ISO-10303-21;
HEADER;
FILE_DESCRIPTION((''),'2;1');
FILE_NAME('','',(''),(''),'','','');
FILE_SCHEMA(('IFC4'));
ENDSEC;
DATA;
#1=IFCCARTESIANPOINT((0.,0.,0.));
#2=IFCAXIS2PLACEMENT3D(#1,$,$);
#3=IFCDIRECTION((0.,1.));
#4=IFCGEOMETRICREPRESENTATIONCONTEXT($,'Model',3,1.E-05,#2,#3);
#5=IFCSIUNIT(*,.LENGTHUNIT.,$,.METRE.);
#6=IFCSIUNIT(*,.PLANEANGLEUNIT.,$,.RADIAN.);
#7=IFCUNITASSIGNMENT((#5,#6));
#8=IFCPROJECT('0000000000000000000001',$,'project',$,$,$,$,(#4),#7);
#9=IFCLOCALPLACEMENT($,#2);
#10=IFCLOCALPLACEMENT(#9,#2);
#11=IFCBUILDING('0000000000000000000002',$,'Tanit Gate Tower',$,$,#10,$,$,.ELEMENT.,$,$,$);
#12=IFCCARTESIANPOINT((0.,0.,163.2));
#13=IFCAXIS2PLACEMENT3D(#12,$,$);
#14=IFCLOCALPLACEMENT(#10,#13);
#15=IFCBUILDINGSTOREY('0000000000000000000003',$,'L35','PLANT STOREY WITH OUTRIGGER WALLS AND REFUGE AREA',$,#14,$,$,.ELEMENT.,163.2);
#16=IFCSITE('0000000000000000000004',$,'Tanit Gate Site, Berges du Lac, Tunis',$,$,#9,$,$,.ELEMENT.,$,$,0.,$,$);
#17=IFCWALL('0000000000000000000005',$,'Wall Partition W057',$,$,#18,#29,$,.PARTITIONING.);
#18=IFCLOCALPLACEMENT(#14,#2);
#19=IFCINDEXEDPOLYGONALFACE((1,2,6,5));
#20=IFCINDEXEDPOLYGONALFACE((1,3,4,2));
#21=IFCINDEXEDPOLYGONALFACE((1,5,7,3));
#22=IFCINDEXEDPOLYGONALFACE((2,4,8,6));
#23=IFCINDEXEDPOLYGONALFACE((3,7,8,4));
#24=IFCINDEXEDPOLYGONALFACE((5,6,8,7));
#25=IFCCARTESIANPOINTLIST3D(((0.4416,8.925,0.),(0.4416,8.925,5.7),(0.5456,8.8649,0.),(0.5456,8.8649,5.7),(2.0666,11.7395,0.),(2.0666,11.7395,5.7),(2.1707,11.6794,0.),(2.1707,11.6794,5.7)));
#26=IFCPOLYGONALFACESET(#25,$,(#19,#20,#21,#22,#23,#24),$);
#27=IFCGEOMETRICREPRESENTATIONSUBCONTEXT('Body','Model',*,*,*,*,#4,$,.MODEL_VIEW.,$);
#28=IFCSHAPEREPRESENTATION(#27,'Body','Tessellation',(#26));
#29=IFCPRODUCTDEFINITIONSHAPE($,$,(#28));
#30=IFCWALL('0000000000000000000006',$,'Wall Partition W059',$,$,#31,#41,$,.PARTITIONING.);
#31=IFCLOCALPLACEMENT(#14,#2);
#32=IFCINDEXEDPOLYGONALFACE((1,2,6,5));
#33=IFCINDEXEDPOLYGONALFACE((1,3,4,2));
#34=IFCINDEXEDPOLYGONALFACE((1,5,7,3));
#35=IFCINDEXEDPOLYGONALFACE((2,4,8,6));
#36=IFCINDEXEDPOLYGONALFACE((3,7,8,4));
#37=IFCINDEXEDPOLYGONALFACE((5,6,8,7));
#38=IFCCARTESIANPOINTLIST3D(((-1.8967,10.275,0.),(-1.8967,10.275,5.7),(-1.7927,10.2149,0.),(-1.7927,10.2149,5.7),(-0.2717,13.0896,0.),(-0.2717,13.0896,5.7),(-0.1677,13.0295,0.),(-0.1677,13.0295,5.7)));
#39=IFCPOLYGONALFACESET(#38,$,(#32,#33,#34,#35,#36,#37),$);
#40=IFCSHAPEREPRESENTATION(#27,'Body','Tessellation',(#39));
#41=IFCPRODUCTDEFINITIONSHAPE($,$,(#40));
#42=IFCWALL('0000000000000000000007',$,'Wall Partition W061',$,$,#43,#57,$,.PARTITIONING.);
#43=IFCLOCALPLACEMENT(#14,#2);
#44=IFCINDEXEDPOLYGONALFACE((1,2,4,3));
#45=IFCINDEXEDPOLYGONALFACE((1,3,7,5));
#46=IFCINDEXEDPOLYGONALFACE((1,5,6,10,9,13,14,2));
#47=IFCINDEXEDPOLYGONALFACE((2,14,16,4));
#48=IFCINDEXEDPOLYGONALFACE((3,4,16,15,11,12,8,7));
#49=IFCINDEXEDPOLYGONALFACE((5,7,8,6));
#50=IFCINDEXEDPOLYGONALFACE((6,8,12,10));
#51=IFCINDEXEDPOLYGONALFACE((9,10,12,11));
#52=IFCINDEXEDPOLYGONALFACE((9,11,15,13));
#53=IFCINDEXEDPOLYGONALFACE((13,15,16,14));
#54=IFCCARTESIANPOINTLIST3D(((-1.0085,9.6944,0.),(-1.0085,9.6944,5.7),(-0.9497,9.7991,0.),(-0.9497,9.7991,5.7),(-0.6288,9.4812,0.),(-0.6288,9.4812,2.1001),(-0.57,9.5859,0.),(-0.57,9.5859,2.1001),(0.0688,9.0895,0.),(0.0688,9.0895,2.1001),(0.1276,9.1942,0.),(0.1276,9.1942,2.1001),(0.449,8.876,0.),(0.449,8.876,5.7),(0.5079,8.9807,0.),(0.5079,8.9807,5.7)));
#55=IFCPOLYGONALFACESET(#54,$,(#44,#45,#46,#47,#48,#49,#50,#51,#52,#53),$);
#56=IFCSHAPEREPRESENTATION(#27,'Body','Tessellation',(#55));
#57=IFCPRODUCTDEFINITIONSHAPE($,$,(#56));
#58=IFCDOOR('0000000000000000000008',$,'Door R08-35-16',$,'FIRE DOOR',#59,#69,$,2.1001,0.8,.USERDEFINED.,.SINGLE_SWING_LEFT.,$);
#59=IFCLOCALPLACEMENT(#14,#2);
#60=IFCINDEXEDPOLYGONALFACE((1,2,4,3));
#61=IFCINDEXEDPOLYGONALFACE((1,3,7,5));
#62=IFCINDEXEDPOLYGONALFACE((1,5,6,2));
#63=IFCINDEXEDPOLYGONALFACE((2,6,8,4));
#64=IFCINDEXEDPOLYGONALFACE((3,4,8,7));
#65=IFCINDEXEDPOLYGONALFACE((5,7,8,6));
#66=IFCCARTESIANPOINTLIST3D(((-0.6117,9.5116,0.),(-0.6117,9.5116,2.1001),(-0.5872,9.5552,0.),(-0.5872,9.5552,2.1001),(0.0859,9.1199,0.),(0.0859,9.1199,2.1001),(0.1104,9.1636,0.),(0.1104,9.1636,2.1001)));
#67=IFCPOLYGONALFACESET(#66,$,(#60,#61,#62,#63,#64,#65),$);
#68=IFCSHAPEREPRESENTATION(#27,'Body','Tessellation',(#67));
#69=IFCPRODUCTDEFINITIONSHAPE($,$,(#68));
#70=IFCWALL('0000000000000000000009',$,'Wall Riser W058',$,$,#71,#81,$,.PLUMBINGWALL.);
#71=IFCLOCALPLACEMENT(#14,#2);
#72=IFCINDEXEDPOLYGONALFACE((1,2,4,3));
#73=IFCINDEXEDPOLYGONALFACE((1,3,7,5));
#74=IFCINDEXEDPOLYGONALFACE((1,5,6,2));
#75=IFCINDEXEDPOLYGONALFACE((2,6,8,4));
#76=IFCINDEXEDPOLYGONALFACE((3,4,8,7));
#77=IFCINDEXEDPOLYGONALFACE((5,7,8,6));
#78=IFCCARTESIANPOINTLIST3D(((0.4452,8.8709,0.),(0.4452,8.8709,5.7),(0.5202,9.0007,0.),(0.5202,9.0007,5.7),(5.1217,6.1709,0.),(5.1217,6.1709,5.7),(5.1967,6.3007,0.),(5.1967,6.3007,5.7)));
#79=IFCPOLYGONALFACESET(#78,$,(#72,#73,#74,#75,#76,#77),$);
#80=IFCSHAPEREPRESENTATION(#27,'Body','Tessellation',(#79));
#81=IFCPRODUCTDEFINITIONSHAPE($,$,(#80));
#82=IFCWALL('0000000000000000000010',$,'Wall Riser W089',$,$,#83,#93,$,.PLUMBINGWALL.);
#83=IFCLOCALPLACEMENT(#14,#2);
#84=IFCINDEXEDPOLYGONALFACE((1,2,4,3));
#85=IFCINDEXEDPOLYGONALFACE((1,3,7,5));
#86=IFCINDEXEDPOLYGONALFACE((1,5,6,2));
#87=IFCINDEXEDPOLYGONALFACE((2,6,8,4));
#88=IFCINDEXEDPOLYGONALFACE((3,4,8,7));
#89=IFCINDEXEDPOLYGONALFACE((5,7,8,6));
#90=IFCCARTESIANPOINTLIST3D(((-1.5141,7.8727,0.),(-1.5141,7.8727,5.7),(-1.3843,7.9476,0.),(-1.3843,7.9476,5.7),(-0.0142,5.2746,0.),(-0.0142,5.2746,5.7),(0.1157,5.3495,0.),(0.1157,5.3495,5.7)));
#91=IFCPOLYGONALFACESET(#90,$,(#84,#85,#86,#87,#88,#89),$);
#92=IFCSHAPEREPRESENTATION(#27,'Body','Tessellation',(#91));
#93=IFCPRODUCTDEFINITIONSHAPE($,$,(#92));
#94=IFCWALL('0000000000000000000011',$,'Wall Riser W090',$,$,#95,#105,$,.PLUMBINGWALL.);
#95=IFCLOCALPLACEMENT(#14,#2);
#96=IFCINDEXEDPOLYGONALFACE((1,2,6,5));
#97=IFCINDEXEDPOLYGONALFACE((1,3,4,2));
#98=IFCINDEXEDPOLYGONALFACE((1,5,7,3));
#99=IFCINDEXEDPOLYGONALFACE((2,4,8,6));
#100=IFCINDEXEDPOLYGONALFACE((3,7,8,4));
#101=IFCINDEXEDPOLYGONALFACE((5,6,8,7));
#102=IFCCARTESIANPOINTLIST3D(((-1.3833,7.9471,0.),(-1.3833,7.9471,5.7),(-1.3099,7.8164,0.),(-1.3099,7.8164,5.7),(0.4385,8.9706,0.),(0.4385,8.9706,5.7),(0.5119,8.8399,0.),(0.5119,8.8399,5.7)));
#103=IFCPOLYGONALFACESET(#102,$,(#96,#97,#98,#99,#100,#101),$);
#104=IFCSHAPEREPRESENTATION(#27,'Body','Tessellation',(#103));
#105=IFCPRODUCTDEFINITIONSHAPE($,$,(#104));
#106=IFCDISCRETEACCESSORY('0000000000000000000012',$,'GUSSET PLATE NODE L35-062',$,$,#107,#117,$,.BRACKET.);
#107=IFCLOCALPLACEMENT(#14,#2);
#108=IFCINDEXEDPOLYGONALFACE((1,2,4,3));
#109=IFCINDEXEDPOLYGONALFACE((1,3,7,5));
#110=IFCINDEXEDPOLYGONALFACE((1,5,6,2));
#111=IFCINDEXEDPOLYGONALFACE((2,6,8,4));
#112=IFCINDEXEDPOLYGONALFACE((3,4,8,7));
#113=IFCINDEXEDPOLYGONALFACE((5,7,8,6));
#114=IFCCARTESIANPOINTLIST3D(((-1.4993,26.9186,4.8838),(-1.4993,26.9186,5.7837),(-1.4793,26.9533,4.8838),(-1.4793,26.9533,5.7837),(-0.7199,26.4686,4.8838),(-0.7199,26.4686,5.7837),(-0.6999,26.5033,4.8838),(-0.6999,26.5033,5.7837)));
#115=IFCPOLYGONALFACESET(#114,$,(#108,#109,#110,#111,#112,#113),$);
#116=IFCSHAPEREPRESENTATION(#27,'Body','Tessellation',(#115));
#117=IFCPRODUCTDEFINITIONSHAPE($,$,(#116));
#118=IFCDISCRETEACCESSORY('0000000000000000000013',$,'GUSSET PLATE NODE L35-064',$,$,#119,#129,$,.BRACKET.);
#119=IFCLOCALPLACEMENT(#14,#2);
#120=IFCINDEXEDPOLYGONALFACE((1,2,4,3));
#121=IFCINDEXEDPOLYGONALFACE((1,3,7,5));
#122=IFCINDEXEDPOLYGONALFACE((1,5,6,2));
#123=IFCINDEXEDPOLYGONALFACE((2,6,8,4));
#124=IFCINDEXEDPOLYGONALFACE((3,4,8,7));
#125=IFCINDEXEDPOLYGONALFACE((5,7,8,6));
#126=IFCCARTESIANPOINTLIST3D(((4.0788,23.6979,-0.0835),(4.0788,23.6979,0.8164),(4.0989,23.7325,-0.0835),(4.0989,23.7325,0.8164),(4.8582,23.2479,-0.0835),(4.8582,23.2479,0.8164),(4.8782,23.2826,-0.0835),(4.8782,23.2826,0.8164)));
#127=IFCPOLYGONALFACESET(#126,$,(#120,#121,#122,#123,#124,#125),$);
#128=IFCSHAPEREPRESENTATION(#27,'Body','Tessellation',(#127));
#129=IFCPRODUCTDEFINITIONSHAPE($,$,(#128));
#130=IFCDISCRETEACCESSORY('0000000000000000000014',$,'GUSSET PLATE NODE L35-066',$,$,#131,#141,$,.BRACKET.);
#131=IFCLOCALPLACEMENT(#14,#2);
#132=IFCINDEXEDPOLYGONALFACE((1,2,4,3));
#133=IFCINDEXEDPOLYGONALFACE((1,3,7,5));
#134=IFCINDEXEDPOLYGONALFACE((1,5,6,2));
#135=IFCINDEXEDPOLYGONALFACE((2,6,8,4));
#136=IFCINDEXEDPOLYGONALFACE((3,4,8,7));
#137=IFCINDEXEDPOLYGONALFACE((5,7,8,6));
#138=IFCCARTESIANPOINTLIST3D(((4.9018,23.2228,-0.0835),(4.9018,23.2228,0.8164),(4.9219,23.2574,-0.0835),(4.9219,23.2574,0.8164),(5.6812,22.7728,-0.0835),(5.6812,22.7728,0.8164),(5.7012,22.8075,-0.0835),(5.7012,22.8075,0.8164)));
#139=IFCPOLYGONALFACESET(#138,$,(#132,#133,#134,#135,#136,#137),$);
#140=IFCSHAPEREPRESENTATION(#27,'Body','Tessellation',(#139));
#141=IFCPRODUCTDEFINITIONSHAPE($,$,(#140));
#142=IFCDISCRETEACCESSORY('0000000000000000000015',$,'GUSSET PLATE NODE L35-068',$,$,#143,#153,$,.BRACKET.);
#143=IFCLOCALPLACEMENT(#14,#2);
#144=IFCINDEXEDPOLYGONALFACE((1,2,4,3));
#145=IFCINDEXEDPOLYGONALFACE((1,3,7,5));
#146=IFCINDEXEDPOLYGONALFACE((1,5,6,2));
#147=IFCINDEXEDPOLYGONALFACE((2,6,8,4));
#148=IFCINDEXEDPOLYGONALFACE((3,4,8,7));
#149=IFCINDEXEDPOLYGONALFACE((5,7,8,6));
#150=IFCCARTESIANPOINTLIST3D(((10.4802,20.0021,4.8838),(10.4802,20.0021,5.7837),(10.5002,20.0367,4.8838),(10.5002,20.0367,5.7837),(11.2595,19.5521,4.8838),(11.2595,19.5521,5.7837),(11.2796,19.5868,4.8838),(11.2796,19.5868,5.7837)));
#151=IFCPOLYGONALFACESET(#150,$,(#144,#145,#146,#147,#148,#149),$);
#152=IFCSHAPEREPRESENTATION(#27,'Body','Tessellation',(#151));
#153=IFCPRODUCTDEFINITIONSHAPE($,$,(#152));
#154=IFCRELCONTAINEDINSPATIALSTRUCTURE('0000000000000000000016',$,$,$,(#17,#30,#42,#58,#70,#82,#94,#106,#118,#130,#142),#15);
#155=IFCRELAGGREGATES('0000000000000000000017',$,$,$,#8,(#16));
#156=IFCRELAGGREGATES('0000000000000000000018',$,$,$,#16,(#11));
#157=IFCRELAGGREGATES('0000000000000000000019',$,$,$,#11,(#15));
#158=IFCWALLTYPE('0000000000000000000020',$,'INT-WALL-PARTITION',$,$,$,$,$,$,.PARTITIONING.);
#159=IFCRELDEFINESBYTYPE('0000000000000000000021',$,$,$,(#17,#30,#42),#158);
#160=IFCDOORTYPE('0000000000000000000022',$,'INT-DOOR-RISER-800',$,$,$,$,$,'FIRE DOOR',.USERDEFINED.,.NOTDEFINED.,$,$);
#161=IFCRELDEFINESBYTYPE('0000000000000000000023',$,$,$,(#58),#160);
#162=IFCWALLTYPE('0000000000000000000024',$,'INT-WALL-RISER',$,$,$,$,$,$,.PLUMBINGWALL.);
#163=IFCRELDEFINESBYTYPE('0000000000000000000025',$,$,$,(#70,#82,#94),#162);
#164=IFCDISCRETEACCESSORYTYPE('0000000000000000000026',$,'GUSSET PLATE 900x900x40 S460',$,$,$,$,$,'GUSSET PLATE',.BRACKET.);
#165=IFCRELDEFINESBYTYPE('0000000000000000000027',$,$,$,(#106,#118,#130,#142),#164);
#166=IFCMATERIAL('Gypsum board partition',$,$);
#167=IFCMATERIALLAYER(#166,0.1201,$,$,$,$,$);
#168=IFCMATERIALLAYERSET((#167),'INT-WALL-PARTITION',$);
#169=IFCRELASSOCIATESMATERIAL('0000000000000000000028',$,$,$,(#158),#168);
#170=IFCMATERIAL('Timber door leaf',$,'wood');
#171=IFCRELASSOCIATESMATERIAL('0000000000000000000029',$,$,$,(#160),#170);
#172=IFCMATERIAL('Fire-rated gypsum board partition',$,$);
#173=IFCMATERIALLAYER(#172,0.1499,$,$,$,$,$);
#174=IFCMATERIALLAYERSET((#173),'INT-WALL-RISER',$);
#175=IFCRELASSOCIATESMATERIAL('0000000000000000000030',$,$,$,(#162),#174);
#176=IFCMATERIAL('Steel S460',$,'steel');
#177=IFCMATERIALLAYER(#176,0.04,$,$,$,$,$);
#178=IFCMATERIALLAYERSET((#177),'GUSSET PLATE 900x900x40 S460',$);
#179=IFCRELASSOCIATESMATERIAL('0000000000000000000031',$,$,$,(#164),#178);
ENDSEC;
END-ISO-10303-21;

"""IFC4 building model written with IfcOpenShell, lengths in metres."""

from ifc_helpers import new_model, si_unit, direction, frame, frame_2d, origin, origin_2d, place, context, subcontext, project, spatial, rectangle, extrude, material, layer, layer_set, type_object, element, fill, save


model = new_model("IFC4")

# Units and contexts
model_context = context("Model", 3, precision=1e-05, world=origin(), true_north=direction((0.0, 1.0)))
body_context = subcontext(model_context, "Body", "Model", "MODEL_VIEW")
ifc_project = project(units=[si_unit("LENGTHUNIT", "METRE"), si_unit("PLANEANGLEUNIT", "RADIAN")], contexts=[model_context])

# Site, building, storey
site_placement = place(None, origin())
site = spatial("IfcSite", under=ifc_project, at=site_placement, Name="Tanit Gate Site, Berges du Lac, Tunis", CompositionType="ELEMENT", RefElevation=0.0)
building_placement = place(site_placement, origin())
building = spatial("IfcBuilding", under=site, at=building_placement, Name="Tanit Gate Tower", CompositionType="ELEMENT")
storey_placement = place(building_placement, frame((0.0, 0.0, 163.2)))
storey = spatial("IfcBuildingStorey", under=building, at=storey_placement, Name="L35", Description="PLANT STOREY WITH OUTRIGGER WALLS AND REFUGE AREA", CompositionType="ELEMENT", Elevation=163.2)

# Shared definitions
ifc_material_1 = material(Name="Gypsum board partition")
ifc_layer_1 = layer(ifc_material_1, 0.1201)
ifc_layer_set_1 = layer_set([ifc_layer_1], Name="INT-WALL-PARTITION")
wall_type_1 = type_object("IfcWallType", Name="INT-WALL-PARTITION", PredefinedType="PARTITIONING", material=ifc_layer_set_1)
ifc_material_2 = material(Name="Timber door leaf", Category="wood")
door_type_1 = type_object("IfcDoorType", Name="INT-DOOR-RISER-800", ElementType="FIRE DOOR", OperationType="NOTDEFINED", PredefinedType="USERDEFINED", material=ifc_material_2)

# Walls
for number, where, z_axis, x_axis, name in (
    (1, (2.1187, 11.7095, 0.0), (0.0, 0.0, 1.0), (-0.500017, -0.866015, 0.0), "Wall Partition W057"),
    (2, (-0.2197, 13.0596, 0.0), (0.0, 0.0, 1.0), (-0.499985, -0.866034, 0.0), "Wall Partition W059"),
):
    element("IfcWall", number, at=place(storey_placement, frame(where, z_axis=z_axis, x_axis=x_axis)), inside=storey, type_object=wall_type_1, Name=name, PredefinedType="PARTITIONING", context=body_context, shape_type="SweptSolid", body=[
        extrude(rectangle(XDim=3.25, YDim=0.1201, at=frame_2d((1.625, 0.0))), origin(), (0.0, 0.0, 1.0), 5.7),
    ])

# Wall, opening, door
wall_1_placement = place(storey_placement, frame((-0.9792, 9.7468, 0.0), z_axis=(0.0, 0.0, 1.0), x_axis=(0.871958, -0.489582, 0.0)))
wall_1 = element("IfcWall", 3, at=wall_1_placement, inside=storey, type_object=wall_type_1, Name="Wall Partition W061", PredefinedType="PARTITIONING", context=body_context, shape_type="SweptSolid", body=[
    extrude(rectangle(XDim=1.6716, YDim=0.1201, at=frame_2d((0.8359, 0.0))), origin(), (0.0, 0.0, 1.0), 5.7),
])
opening_1_placement = place(wall_1_placement, frame((0.4358, 0.0, 0.0)))
opening_1 = element("IfcOpeningElement", 4, at=opening_1_placement, cuts=wall_1, PredefinedType="OPENING", context=body_context, shape_type="SweptSolid", body=[
    extrude(rectangle(XDim=0.8, YDim=2.1001, at=frame_2d((0.3999, 1.05))), frame((0.0, 0.0701, 0.0), z_axis=(0.0, -1.0, 0.0), x_axis=(1.0, 0.0, 0.0)), (0.0, 0.0, 1.0), 0.1401),
])
door_1_placement = place(opening_1_placement, origin())
door_1 = element("IfcDoor", 5, at=door_1_placement, inside=storey, type_object=door_type_1, Name="Door R08-35-16", ObjectType="FIRE DOOR", OperationType="SINGLE_SWING_LEFT", OverallHeight=2.1001, OverallWidth=0.8, PredefinedType="USERDEFINED", context=body_context, shape_type="SweptSolid", body=[
    extrude(rectangle(XDim=0.8, YDim=2.1001, at=frame_2d((0.3999, 1.05))), frame((0.0, 0.0249, 0.0), z_axis=(0.0, -1.0, 0.0), x_axis=(1.0, 0.0, 0.0)), (0.0, 0.0, 1.0), 0.05),
])
fill(opening_1, door_1)

# Walls
ifc_material_3 = material(Name="Fire-rated gypsum board partition")
ifc_layer_2 = layer(ifc_material_3, 0.1499)
ifc_layer_set_2 = layer_set([ifc_layer_2], Name="INT-WALL-RISER")
wall_type_2 = type_object("IfcWallType", Name="INT-WALL-RISER", PredefinedType="PLUMBINGWALL", material=ifc_layer_set_2)
wall_2_placement = place(storey_placement, frame((5.1592, 6.2358, 0.0), z_axis=(0.0, 0.0, 1.0), x_axis=(-0.866028, 0.499995, 0.0)))
element("IfcWall", 6, at=wall_2_placement, inside=storey, type_object=wall_type_2, Name="Wall Riser W058", PredefinedType="PLUMBINGWALL", context=body_context, shape_type="SweptSolid", body=[
    extrude(rectangle(XDim=5.3999, YDim=0.1499, at=frame_2d((2.7, 0.0))), origin(), (0.0, 0.0, 1.0), 5.7),
])
wall_3_placement = place(storey_placement, frame((-1.4492, 7.9102, 0.0), z_axis=(0.0, 0.0, 1.0), x_axis=(0.49999, -0.866031, 0.0)))
element("IfcWall", 7, at=wall_3_placement, inside=storey, type_object=wall_type_2, Name="Wall Riser W089", PredefinedType="PLUMBINGWALL", context=body_context, shape_type="SweptSolid", body=[
    extrude(rectangle(XDim=3.0, YDim=0.1499, at=frame_2d((1.5, 0.0))), origin(), (0.0, 0.0, 1.0), 5.7),
])
wall_4_placement = place(storey_placement, frame((0.4753, 8.9053, 0.0), z_axis=(0.0, 0.0, 1.0), x_axis=(-0.871844, -0.489784, 0.0)))
element("IfcWall", 8, at=wall_4_placement, inside=storey, type_object=wall_type_2, Name="Wall Riser W090", PredefinedType="PLUMBINGWALL", context=body_context, shape_type="SweptSolid", body=[
    extrude(rectangle(XDim=2.0896, YDim=0.1499, at=frame_2d((1.0449, 0.0))), origin(), (0.0, 0.0, 1.0), 5.7),
])

# Discrete accessories
ifc_material_4 = material(Name="Steel S460", Category="steel")
ifc_layer_3 = layer(ifc_material_4, 0.04)
ifc_layer_set_3 = layer_set([ifc_layer_3], Name="GUSSET PLATE 900x900x40 S460")
discrete_accessory_type = type_object("IfcDiscreteAccessoryType", Name="GUSSET PLATE 900x900x40 S460", ElementType="GUSSET PLATE", PredefinedType="BRACKET", material=ifc_layer_set_3)
for number, where, z_axis, x_axis, name in (
    (9, (-1.0996, 26.7109, 4.8838), (0.0, 0.0, 1.0), (0.866025, -0.5, 0.0), "GUSSET PLATE NODE L35-062"),
    (10, (4.4785, 23.4902, -0.0835), (0.0, 0.0, 1.0), (-0.866025, 0.5, 0.0), "GUSSET PLATE NODE L35-064"),
    (11, (5.3015, 23.0151, -0.0835), (0.0, 0.0, 1.0), (0.866025, -0.5, 0.0), "GUSSET PLATE NODE L35-066"),
    (12, (10.8799, 19.7944, 4.8838), (0.0, 0.0, 1.0), (-0.866025, 0.5, 0.0), "GUSSET PLATE NODE L35-068"),
):
    element("IfcDiscreteAccessory", number, at=place(storey_placement, frame(where, z_axis=z_axis, x_axis=x_axis)), inside=storey, type_object=discrete_accessory_type, Name=name, PredefinedType="BRACKET", context=body_context, shape_type="SweptSolid", body=[
        extrude(rectangle(XDim=0.8999, YDim=0.04, at=origin_2d()), origin(), (0.0, 0.0, 1.0), 0.8999),
    ])

save(model, "model.ifc")
